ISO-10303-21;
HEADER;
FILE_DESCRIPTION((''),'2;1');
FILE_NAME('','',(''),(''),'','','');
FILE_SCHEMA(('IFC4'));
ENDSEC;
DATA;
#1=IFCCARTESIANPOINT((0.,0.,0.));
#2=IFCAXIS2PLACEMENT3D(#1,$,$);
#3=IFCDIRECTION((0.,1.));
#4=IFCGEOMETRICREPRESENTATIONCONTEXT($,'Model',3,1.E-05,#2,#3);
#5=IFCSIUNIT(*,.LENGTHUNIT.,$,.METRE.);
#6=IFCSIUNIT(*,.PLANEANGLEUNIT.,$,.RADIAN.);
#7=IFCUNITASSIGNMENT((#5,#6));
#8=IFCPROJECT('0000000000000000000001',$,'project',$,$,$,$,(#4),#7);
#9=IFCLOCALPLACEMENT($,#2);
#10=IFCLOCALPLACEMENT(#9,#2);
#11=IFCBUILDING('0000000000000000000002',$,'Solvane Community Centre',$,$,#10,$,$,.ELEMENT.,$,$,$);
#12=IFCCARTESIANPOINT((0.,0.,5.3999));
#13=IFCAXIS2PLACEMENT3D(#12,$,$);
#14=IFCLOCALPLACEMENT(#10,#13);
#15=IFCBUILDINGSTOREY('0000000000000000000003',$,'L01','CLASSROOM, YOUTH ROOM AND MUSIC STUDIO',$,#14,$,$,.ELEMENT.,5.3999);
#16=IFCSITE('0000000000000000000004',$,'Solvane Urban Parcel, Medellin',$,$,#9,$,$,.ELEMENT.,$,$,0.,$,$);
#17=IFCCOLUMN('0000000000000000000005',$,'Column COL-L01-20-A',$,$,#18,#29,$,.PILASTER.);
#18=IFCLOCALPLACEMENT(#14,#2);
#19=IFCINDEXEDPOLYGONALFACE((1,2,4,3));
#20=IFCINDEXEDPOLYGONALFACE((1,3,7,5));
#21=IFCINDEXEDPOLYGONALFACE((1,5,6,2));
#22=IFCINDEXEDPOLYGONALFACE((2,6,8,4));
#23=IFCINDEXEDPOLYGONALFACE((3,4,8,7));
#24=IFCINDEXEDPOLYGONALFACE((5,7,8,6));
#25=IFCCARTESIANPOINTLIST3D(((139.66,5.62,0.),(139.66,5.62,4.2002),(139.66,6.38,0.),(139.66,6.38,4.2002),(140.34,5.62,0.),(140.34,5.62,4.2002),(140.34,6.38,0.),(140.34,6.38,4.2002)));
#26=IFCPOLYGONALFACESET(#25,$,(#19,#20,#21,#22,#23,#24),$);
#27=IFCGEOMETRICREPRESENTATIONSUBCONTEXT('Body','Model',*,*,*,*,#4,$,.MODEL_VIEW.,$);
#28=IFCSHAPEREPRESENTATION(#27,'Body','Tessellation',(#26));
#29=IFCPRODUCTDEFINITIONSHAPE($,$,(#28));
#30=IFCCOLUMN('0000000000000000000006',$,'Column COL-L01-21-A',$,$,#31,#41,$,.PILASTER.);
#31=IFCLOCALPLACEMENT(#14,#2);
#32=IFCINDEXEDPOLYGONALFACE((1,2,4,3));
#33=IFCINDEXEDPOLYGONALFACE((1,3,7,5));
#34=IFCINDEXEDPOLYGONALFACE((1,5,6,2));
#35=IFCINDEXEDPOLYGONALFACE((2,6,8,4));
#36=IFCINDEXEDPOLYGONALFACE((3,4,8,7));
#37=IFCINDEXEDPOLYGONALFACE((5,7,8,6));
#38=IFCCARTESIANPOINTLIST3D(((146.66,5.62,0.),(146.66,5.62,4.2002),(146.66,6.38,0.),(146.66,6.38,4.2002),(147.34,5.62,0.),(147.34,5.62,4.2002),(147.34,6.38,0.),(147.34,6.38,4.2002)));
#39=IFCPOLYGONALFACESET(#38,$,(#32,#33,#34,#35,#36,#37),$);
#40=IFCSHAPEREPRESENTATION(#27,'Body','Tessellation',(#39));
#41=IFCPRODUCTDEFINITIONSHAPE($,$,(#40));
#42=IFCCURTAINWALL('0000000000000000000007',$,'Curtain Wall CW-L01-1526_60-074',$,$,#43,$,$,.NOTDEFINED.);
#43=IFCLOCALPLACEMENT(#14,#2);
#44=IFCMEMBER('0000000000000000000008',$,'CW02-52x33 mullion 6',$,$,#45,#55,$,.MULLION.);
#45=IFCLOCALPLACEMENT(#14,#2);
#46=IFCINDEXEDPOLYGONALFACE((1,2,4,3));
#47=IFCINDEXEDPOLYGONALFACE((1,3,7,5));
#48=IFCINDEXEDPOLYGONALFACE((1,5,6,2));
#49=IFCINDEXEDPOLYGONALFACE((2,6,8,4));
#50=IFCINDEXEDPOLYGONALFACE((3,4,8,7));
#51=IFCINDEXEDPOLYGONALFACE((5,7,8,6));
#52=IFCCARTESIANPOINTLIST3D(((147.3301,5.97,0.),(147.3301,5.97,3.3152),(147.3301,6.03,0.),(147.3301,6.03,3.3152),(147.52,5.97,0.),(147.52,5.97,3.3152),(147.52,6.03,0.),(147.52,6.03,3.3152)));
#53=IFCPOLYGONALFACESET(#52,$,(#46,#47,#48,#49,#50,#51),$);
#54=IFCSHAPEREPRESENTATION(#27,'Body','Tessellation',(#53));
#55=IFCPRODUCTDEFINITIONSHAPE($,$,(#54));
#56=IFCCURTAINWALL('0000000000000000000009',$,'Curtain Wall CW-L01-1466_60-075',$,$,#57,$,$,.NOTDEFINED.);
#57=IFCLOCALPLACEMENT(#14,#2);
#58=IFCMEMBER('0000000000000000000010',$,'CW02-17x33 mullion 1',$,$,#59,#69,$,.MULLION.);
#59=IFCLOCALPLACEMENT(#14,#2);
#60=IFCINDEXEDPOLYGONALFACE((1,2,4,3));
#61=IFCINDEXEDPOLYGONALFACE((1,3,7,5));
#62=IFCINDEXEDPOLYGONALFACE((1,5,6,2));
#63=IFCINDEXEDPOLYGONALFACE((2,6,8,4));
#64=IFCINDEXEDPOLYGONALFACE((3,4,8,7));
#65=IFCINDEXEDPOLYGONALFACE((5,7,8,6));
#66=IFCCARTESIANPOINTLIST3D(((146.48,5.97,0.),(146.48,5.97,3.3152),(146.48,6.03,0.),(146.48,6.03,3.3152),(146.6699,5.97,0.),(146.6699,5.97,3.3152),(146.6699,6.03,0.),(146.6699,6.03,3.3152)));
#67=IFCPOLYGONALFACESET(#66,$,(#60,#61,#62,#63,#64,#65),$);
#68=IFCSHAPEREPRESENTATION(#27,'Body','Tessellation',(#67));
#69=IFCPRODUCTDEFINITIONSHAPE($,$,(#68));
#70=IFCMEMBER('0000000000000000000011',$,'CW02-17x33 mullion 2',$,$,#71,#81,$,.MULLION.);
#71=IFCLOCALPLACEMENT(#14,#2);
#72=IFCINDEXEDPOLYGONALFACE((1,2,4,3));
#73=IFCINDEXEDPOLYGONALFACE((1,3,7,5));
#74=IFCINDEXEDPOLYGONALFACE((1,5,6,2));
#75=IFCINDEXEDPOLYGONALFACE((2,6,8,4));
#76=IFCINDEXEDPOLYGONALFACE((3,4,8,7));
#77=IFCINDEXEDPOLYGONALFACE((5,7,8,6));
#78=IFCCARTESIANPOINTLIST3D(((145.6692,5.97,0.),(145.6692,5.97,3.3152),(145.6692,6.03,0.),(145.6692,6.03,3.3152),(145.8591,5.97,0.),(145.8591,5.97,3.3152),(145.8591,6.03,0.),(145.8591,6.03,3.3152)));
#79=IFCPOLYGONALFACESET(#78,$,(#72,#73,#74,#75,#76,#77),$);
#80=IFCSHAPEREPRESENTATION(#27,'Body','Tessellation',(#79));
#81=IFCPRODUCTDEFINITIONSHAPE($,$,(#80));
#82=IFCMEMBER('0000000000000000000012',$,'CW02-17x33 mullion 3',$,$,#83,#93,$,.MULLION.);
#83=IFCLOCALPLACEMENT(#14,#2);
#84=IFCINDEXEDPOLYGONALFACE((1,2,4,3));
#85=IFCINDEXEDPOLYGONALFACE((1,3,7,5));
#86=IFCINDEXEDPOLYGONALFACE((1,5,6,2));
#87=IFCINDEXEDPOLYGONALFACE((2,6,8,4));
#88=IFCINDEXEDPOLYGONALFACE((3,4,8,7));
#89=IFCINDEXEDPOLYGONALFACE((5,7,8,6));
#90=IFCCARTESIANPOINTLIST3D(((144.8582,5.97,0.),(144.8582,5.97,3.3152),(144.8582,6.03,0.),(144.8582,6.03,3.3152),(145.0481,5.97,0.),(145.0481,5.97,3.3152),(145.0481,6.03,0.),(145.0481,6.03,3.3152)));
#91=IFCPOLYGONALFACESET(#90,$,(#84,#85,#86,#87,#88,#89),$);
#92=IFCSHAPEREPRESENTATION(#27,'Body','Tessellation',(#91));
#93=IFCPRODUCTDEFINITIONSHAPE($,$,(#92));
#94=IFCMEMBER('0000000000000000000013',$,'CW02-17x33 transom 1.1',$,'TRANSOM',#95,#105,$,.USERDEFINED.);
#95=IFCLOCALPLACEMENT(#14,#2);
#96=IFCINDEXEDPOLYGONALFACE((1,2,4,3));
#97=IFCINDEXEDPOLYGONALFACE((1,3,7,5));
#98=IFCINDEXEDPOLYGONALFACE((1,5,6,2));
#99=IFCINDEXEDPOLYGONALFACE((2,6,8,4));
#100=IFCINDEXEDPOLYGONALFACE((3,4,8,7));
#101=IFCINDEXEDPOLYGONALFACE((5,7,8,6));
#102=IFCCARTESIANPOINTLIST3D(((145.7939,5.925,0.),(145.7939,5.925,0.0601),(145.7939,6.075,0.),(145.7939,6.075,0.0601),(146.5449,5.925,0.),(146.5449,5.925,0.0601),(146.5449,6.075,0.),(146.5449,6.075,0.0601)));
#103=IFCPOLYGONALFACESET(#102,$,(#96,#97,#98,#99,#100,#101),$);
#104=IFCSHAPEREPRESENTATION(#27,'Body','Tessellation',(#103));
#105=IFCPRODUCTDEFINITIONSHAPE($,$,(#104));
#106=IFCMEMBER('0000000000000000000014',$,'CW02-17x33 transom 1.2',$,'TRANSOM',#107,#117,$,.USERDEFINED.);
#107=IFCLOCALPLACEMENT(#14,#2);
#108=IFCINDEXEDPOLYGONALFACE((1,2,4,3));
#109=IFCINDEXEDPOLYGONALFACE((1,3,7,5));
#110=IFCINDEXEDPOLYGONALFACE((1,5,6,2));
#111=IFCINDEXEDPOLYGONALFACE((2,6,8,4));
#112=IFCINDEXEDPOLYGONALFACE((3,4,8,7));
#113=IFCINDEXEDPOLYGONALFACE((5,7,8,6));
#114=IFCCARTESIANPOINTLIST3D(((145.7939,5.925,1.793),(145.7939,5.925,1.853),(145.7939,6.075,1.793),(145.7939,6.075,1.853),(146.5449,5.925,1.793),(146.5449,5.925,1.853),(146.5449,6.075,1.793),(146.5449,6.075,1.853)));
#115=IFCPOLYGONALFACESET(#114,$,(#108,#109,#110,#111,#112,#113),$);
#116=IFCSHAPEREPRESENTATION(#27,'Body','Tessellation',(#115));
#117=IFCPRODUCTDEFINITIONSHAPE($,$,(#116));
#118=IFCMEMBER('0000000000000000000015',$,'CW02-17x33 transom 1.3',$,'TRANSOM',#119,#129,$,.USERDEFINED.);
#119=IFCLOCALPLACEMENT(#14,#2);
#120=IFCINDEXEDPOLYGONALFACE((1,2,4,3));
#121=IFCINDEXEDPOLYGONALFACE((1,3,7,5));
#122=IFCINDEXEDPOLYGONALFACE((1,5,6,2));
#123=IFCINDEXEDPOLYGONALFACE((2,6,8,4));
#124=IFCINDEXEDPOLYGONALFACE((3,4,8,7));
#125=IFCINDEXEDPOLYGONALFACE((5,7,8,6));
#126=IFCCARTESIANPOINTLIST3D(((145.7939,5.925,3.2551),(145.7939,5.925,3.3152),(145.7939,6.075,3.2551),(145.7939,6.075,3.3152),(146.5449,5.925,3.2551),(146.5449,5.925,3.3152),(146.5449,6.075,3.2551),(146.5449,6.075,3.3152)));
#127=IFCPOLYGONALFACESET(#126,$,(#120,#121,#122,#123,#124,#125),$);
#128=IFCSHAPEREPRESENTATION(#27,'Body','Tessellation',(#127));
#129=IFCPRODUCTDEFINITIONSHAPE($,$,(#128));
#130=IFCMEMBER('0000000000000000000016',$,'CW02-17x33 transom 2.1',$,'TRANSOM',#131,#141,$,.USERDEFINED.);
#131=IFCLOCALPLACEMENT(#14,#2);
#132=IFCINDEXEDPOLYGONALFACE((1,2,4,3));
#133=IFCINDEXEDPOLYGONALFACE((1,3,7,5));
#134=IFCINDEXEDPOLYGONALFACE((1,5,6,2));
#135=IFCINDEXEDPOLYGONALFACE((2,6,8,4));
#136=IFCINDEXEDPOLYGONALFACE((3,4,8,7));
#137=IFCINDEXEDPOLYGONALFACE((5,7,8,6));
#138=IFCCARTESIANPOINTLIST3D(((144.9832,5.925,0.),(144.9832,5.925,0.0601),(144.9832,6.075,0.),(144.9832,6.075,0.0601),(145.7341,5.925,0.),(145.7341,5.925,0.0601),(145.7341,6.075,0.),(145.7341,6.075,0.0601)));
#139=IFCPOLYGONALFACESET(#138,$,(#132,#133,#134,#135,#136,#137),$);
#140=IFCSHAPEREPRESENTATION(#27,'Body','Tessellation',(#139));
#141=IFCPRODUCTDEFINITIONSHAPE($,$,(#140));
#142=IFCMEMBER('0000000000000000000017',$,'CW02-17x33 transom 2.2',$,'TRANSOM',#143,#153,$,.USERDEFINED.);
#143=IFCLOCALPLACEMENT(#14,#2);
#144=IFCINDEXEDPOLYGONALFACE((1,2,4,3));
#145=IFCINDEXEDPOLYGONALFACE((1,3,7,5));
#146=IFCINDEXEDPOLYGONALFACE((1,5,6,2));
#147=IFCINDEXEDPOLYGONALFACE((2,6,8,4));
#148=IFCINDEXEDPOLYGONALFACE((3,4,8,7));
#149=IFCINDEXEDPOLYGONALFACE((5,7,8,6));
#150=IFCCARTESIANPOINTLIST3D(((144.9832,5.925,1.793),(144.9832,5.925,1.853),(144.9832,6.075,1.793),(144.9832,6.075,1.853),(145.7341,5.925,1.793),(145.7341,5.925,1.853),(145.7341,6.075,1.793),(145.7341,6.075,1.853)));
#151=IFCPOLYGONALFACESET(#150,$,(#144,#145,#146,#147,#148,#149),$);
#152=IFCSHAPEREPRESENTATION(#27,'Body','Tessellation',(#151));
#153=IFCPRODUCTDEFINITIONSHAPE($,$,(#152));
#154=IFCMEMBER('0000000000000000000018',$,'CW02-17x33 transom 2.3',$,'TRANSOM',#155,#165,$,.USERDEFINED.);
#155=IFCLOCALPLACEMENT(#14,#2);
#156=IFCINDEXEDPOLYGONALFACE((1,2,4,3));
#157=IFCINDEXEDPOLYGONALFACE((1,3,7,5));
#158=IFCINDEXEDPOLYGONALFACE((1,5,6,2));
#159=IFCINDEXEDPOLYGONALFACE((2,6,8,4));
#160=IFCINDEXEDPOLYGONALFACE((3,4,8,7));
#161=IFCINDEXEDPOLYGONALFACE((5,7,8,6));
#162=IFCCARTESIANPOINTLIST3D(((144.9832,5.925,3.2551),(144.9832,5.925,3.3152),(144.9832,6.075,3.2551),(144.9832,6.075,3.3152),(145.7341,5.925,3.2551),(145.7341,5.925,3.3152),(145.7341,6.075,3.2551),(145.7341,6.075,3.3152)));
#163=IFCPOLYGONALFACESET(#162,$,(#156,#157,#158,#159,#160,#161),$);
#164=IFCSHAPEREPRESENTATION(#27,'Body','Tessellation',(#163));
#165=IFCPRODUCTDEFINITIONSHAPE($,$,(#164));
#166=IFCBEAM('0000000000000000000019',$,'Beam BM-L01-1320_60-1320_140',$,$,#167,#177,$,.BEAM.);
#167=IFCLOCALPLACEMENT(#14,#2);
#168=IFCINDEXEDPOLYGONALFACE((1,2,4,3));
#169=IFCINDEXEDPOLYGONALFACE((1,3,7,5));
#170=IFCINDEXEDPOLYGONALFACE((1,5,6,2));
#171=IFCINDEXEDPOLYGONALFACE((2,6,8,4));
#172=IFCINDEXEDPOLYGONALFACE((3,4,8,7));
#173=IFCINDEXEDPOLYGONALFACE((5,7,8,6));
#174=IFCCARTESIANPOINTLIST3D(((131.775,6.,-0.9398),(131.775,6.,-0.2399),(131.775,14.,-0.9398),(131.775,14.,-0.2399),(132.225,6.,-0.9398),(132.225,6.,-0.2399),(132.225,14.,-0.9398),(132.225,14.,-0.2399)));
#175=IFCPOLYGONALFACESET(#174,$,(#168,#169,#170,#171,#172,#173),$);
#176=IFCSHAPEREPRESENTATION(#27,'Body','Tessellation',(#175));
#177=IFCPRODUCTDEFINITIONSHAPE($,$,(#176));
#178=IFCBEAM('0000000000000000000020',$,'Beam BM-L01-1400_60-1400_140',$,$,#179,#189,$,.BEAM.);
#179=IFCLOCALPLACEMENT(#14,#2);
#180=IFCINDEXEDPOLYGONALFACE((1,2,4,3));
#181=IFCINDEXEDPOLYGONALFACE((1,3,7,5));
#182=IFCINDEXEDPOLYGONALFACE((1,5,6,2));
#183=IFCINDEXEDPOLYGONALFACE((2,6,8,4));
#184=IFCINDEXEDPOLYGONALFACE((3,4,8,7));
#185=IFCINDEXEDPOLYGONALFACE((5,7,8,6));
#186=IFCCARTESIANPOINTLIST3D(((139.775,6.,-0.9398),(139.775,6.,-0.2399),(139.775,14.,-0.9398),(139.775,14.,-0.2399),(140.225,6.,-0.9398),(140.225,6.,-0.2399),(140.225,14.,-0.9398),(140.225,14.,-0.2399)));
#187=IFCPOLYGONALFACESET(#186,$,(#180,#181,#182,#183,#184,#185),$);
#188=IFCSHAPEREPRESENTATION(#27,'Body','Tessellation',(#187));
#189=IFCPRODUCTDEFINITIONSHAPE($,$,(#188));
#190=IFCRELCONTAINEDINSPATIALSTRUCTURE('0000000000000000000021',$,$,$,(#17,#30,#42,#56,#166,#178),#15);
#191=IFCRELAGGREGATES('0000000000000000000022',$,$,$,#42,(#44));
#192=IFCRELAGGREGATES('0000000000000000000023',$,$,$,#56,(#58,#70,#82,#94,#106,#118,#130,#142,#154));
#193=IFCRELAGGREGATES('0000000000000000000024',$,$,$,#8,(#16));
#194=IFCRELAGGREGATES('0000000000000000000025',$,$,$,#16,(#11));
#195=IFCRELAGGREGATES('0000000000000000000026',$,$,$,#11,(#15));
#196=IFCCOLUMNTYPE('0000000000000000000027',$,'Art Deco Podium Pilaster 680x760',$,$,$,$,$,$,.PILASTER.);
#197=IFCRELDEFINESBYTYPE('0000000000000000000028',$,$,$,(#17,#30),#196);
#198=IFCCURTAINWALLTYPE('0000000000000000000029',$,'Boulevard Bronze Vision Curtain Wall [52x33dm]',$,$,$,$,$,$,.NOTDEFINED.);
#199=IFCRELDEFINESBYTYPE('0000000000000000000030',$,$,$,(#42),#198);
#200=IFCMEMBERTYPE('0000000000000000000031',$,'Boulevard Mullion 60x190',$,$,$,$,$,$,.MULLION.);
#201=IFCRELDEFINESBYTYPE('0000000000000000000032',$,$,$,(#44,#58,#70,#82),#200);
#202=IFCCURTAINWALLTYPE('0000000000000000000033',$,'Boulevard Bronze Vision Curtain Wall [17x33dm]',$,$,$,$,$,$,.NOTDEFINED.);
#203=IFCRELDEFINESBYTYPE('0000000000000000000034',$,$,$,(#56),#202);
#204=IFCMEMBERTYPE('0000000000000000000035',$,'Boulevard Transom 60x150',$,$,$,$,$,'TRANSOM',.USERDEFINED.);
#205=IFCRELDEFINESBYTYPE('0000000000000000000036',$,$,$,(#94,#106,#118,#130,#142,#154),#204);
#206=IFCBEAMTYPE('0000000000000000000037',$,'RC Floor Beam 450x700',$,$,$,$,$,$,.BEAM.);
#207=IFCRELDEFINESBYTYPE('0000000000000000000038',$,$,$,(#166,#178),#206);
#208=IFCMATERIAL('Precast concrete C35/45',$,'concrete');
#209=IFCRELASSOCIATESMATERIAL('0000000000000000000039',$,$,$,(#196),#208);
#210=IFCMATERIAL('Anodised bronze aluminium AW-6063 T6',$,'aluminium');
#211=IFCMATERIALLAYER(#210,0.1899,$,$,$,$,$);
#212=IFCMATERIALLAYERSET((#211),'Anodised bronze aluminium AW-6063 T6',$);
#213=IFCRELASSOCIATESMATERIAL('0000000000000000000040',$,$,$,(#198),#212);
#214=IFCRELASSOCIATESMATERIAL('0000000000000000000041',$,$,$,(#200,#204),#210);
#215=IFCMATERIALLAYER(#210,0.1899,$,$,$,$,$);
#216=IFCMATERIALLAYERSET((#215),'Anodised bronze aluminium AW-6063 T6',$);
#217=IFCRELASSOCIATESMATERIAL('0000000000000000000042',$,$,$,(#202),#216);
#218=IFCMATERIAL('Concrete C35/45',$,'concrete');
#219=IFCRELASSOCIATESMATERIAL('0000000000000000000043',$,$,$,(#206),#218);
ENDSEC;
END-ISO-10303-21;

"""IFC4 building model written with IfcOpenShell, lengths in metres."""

from ifc_helpers import new_model, si_unit, direction, frame, origin, origin_2d, place, context, subcontext, project, spatial, rectangle, extrude, material, layer, layer_set, material_profile, profile_set, type_object, element, aggregate, save


model = new_model("IFC4")

# Units and contexts
model_context = context("Model", 3, precision=1e-05, world=origin(), true_north=direction((0.0, 1.0)))
body_context = subcontext(model_context, "Body", "Model", "MODEL_VIEW")
ifc_project = project(units=[si_unit("LENGTHUNIT", "METRE"), si_unit("PLANEANGLEUNIT", "RADIAN")], contexts=[model_context])

# Site, building, storey
site_placement = place(None, origin())
site = spatial("IfcSite", under=ifc_project, at=site_placement, Name="Solvane Urban Parcel, Medellin", CompositionType="ELEMENT", RefElevation=0.0)
building_placement = place(site_placement, origin())
building = spatial("IfcBuilding", under=site, at=building_placement, Name="Solvane Community Centre", CompositionType="ELEMENT")
storey_placement = place(building_placement, frame((0.0, 0.0, 5.3999)))
storey = spatial("IfcBuildingStorey", under=building, at=storey_placement, Name="L01", Description="CLASSROOM, YOUTH ROOM AND MUSIC STUDIO", CompositionType="ELEMENT", Elevation=5.3999)

# Columns
ifc_material_1 = material(Name="Precast concrete C35/45", Category="concrete")
ifc_material_profile_1 = material_profile(ifc_material_1, rectangle(XDim=0.6799, YDim=0.76, at=origin_2d()), Name="RC 680x760")
ifc_profile_set_1 = profile_set([ifc_material_profile_1], Name="Precast concrete C35/45")
column_type = type_object("IfcColumnType", Name="Art Deco Podium Pilaster 680x760", PredefinedType="PILASTER", material=ifc_profile_set_1)
for number, where, z_axis, x_axis, name in (
    (1, (140.0, 6.0, 0.0), (0.0, 0.0, 1.0), (1.0, 0.0, 0.0), "Column COL-L01-20-A"),
    (2, (147.0, 6.0, 0.0), (0.0, 0.0, 1.0), (1.0, 0.0, 0.0), "Column COL-L01-21-A"),
):
    element("IfcColumn", number, at=place(storey_placement, frame(where, z_axis=z_axis, x_axis=x_axis)), inside=storey, type_object=column_type, Name=name, PredefinedType="PILASTER", context=body_context, shape_type="SweptSolid", body=[
        extrude(rectangle(XDim=0.6799, YDim=0.76, at=origin_2d()), origin(), (0.0, 0.0, 1.0), 4.2002),
    ])

# Curtain wall, member
ifc_material_2 = material(Name="Anodised bronze aluminium AW-6063 T6", Category="aluminium")
ifc_layer_1 = layer(ifc_material_2, 0.1899)
ifc_layer_set_1 = layer_set([ifc_layer_1], Name="Anodised bronze aluminium AW-6063 T6")
curtain_wall_type_1 = type_object("IfcCurtainWallType", Name="Boulevard Bronze Vision Curtain Wall [52x33dm]", PredefinedType="NOTDEFINED", material=ifc_layer_set_1)
curtain_wall_1_placement = place(storey_placement, origin())
curtain_wall_1 = element("IfcCurtainWall", 3, at=curtain_wall_1_placement, inside=storey, type_object=curtain_wall_type_1, Name="Curtain Wall CW-L01-1526_60-074", PredefinedType="NOTDEFINED")
ifc_material_profile_2 = material_profile(ifc_material_2, rectangle(XDim=0.0601, YDim=0.1899, at=origin_2d()), Name="CW-M 60x190")
ifc_profile_set_2 = profile_set([ifc_material_profile_2], Name="Anodised bronze aluminium AW-6063 T6")
member_type_1 = type_object("IfcMemberType", Name="Boulevard Mullion 60x190", PredefinedType="MULLION", material=ifc_profile_set_2)
member_1_placement = place(storey_placement, frame((147.425, 6.0, 0.0), z_axis=(0.0, 0.0, 1.0), x_axis=(0.0, -1.0, 0.0)))
member_1 = element("IfcMember", 4, at=member_1_placement, type_object=member_type_1, Name="CW02-52x33 mullion 6", PredefinedType="MULLION", context=body_context, shape_type="SweptSolid", body=[
    extrude(rectangle(XDim=0.0601, YDim=0.1899, at=origin_2d()), origin(), (0.0, 0.0, 1.0), 3.3152),
])
aggregate(curtain_wall_1, [member_1])

# Curtain wall, members
ifc_layer_2 = layer(ifc_material_2, 0.1899)
ifc_layer_set_2 = layer_set([ifc_layer_2], Name="Anodised bronze aluminium AW-6063 T6")
curtain_wall_type_2 = type_object("IfcCurtainWallType", Name="Boulevard Bronze Vision Curtain Wall [17x33dm]", PredefinedType="NOTDEFINED", material=ifc_layer_set_2)
curtain_wall_2_placement = place(storey_placement, origin())
curtain_wall_2 = element("IfcCurtainWall", 5, at=curtain_wall_2_placement, inside=storey, type_object=curtain_wall_type_2, Name="Curtain Wall CW-L01-1466_60-075", PredefinedType="NOTDEFINED")
member_2_placement = place(storey_placement, frame((146.575, 6.0, 0.0), z_axis=(0.0, 0.0, 1.0), x_axis=(0.0, -1.0, 0.0)))
member_2 = element("IfcMember", 6, at=member_2_placement, type_object=member_type_1, Name="CW02-17x33 mullion 1", PredefinedType="MULLION", context=body_context, shape_type="SweptSolid", body=[
    extrude(rectangle(XDim=0.0601, YDim=0.1899, at=origin_2d()), origin(), (0.0, 0.0, 1.0), 3.3152),
])
member_3_placement = place(storey_placement, frame((145.7642, 6.0, 0.0), z_axis=(0.0, 0.0, 1.0), x_axis=(0.0, -1.0, 0.0)))
member_3 = element("IfcMember", 7, at=member_3_placement, type_object=member_type_1, Name="CW02-17x33 mullion 2", PredefinedType="MULLION", context=body_context, shape_type="SweptSolid", body=[
    extrude(rectangle(XDim=0.0601, YDim=0.1899, at=origin_2d()), origin(), (0.0, 0.0, 1.0), 3.3152),
])
member_4_placement = place(storey_placement, frame((144.9531, 6.0, 0.0), z_axis=(0.0, 0.0, 1.0), x_axis=(0.0, -1.0, 0.0)))
member_4 = element("IfcMember", 8, at=member_4_placement, type_object=member_type_1, Name="CW02-17x33 mullion 3", PredefinedType="MULLION", context=body_context, shape_type="SweptSolid", body=[
    extrude(rectangle(XDim=0.0601, YDim=0.1899, at=origin_2d()), origin(), (0.0, 0.0, 1.0), 3.3152),
])
ifc_material_profile_3 = material_profile(ifc_material_2, rectangle(XDim=0.1499, YDim=0.0601, at=origin_2d()), Name="CW-T 60x150")
ifc_profile_set_3 = profile_set([ifc_material_profile_3], Name="Anodised bronze aluminium AW-6063 T6")
member_type_2 = type_object("IfcMemberType", Name="Boulevard Transom 60x150", ElementType="TRANSOM", PredefinedType="USERDEFINED", material=ifc_profile_set_3)
member_5_placement = place(storey_placement, frame((146.5449, 6.0, 0.03), z_axis=(-1.0, 0.0, 0.0), x_axis=(0.0, -1.0, 0.0)))
member_5 = element("IfcMember", 9, at=member_5_placement, type_object=member_type_2, Name="CW02-17x33 transom 1.1", ObjectType="TRANSOM", PredefinedType="USERDEFINED", context=body_context, shape_type="SweptSolid", body=[
    extrude(rectangle(XDim=0.1499, YDim=0.0601, at=origin_2d()), origin(), (0.0, 0.0, 1.0), 0.751),
])
member_6_placement = place(storey_placement, frame((146.5449, 6.0, 1.823), z_axis=(-1.0, 0.0, 0.0), x_axis=(0.0, -1.0, 0.0)))
member_6 = element("IfcMember", 10, at=member_6_placement, type_object=member_type_2, Name="CW02-17x33 transom 1.2", ObjectType="TRANSOM", PredefinedType="USERDEFINED", context=body_context, shape_type="SweptSolid", body=[
    extrude(rectangle(XDim=0.1499, YDim=0.0601, at=origin_2d()), origin(), (0.0, 0.0, 1.0), 0.751),
])
member_7_placement = place(storey_placement, frame((146.5449, 6.0, 3.2852), z_axis=(-1.0, 0.0, 0.0), x_axis=(0.0, -1.0, 0.0)))
member_7 = element("IfcMember", 11, at=member_7_placement, type_object=member_type_2, Name="CW02-17x33 transom 1.3", ObjectType="TRANSOM", PredefinedType="USERDEFINED", context=body_context, shape_type="SweptSolid", body=[
    extrude(rectangle(XDim=0.1499, YDim=0.0601, at=origin_2d()), origin(), (0.0, 0.0, 1.0), 0.751),
])
member_8_placement = place(storey_placement, frame((145.7341, 6.0, 0.03), z_axis=(-1.0, 0.0, 0.0), x_axis=(0.0, -1.0, 0.0)))
member_8 = element("IfcMember", 12, at=member_8_placement, type_object=member_type_2, Name="CW02-17x33 transom 2.1", ObjectType="TRANSOM", PredefinedType="USERDEFINED", context=body_context, shape_type="SweptSolid", body=[
    extrude(rectangle(XDim=0.1499, YDim=0.0601, at=origin_2d()), origin(), (0.0, 0.0, 1.0), 0.751),
])
member_9_placement = place(storey_placement, frame((145.7341, 6.0, 1.823), z_axis=(-1.0, 0.0, 0.0), x_axis=(0.0, -1.0, 0.0)))
member_9 = element("IfcMember", 13, at=member_9_placement, type_object=member_type_2, Name="CW02-17x33 transom 2.2", ObjectType="TRANSOM", PredefinedType="USERDEFINED", context=body_context, shape_type="SweptSolid", body=[
    extrude(rectangle(XDim=0.1499, YDim=0.0601, at=origin_2d()), origin(), (0.0, 0.0, 1.0), 0.751),
])
member_10_placement = place(storey_placement, frame((145.7341, 6.0, 3.2852), z_axis=(-1.0, 0.0, 0.0), x_axis=(0.0, -1.0, 0.0)))
member_10 = element("IfcMember", 14, at=member_10_placement, type_object=member_type_2, Name="CW02-17x33 transom 2.3", ObjectType="TRANSOM", PredefinedType="USERDEFINED", context=body_context, shape_type="SweptSolid", body=[
    extrude(rectangle(XDim=0.1499, YDim=0.0601, at=origin_2d()), origin(), (0.0, 0.0, 1.0), 0.751),
])

# Beams
ifc_material_3 = material(Name="Concrete C35/45", Category="concrete")
ifc_material_profile_4 = material_profile(ifc_material_3, rectangle(XDim=0.45, YDim=0.7, at=origin_2d()), Name="RC 450x700")
ifc_profile_set_4 = profile_set([ifc_material_profile_4], Name="Concrete C35/45")
beam_type_1 = type_object("IfcBeamType", Name="RC Floor Beam 450x700", PredefinedType="BEAM", material=ifc_profile_set_4)
for number, where, z_axis, x_axis, name in (
    (15, (132.0, 6.0, -0.5898), (0.0, 1.0, 0.0), (-1.0, 0.0, 0.0), "Beam BM-L01-1320_60-1320_140"),
    (16, (140.0, 6.0, -0.5898), (0.0, 1.0, 0.0), (-1.0, 0.0, 0.0), "Beam BM-L01-1400_60-1400_140"),
):
    element("IfcBeam", number, at=place(storey_placement, frame(where, z_axis=z_axis, x_axis=x_axis)), inside=storey, type_object=beam_type_1, Name=name, PredefinedType="BEAM", context=body_context, shape_type="SweptSolid", body=[
        extrude(rectangle(XDim=0.45, YDim=0.7, at=origin_2d()), origin(), (0.0, 0.0, 1.0), 8.0),
    ])

aggregate(curtain_wall_2, [member_2, member_3, member_4, member_5, member_6, member_7, member_8, member_9, member_10])

save(model, "model.ifc")
